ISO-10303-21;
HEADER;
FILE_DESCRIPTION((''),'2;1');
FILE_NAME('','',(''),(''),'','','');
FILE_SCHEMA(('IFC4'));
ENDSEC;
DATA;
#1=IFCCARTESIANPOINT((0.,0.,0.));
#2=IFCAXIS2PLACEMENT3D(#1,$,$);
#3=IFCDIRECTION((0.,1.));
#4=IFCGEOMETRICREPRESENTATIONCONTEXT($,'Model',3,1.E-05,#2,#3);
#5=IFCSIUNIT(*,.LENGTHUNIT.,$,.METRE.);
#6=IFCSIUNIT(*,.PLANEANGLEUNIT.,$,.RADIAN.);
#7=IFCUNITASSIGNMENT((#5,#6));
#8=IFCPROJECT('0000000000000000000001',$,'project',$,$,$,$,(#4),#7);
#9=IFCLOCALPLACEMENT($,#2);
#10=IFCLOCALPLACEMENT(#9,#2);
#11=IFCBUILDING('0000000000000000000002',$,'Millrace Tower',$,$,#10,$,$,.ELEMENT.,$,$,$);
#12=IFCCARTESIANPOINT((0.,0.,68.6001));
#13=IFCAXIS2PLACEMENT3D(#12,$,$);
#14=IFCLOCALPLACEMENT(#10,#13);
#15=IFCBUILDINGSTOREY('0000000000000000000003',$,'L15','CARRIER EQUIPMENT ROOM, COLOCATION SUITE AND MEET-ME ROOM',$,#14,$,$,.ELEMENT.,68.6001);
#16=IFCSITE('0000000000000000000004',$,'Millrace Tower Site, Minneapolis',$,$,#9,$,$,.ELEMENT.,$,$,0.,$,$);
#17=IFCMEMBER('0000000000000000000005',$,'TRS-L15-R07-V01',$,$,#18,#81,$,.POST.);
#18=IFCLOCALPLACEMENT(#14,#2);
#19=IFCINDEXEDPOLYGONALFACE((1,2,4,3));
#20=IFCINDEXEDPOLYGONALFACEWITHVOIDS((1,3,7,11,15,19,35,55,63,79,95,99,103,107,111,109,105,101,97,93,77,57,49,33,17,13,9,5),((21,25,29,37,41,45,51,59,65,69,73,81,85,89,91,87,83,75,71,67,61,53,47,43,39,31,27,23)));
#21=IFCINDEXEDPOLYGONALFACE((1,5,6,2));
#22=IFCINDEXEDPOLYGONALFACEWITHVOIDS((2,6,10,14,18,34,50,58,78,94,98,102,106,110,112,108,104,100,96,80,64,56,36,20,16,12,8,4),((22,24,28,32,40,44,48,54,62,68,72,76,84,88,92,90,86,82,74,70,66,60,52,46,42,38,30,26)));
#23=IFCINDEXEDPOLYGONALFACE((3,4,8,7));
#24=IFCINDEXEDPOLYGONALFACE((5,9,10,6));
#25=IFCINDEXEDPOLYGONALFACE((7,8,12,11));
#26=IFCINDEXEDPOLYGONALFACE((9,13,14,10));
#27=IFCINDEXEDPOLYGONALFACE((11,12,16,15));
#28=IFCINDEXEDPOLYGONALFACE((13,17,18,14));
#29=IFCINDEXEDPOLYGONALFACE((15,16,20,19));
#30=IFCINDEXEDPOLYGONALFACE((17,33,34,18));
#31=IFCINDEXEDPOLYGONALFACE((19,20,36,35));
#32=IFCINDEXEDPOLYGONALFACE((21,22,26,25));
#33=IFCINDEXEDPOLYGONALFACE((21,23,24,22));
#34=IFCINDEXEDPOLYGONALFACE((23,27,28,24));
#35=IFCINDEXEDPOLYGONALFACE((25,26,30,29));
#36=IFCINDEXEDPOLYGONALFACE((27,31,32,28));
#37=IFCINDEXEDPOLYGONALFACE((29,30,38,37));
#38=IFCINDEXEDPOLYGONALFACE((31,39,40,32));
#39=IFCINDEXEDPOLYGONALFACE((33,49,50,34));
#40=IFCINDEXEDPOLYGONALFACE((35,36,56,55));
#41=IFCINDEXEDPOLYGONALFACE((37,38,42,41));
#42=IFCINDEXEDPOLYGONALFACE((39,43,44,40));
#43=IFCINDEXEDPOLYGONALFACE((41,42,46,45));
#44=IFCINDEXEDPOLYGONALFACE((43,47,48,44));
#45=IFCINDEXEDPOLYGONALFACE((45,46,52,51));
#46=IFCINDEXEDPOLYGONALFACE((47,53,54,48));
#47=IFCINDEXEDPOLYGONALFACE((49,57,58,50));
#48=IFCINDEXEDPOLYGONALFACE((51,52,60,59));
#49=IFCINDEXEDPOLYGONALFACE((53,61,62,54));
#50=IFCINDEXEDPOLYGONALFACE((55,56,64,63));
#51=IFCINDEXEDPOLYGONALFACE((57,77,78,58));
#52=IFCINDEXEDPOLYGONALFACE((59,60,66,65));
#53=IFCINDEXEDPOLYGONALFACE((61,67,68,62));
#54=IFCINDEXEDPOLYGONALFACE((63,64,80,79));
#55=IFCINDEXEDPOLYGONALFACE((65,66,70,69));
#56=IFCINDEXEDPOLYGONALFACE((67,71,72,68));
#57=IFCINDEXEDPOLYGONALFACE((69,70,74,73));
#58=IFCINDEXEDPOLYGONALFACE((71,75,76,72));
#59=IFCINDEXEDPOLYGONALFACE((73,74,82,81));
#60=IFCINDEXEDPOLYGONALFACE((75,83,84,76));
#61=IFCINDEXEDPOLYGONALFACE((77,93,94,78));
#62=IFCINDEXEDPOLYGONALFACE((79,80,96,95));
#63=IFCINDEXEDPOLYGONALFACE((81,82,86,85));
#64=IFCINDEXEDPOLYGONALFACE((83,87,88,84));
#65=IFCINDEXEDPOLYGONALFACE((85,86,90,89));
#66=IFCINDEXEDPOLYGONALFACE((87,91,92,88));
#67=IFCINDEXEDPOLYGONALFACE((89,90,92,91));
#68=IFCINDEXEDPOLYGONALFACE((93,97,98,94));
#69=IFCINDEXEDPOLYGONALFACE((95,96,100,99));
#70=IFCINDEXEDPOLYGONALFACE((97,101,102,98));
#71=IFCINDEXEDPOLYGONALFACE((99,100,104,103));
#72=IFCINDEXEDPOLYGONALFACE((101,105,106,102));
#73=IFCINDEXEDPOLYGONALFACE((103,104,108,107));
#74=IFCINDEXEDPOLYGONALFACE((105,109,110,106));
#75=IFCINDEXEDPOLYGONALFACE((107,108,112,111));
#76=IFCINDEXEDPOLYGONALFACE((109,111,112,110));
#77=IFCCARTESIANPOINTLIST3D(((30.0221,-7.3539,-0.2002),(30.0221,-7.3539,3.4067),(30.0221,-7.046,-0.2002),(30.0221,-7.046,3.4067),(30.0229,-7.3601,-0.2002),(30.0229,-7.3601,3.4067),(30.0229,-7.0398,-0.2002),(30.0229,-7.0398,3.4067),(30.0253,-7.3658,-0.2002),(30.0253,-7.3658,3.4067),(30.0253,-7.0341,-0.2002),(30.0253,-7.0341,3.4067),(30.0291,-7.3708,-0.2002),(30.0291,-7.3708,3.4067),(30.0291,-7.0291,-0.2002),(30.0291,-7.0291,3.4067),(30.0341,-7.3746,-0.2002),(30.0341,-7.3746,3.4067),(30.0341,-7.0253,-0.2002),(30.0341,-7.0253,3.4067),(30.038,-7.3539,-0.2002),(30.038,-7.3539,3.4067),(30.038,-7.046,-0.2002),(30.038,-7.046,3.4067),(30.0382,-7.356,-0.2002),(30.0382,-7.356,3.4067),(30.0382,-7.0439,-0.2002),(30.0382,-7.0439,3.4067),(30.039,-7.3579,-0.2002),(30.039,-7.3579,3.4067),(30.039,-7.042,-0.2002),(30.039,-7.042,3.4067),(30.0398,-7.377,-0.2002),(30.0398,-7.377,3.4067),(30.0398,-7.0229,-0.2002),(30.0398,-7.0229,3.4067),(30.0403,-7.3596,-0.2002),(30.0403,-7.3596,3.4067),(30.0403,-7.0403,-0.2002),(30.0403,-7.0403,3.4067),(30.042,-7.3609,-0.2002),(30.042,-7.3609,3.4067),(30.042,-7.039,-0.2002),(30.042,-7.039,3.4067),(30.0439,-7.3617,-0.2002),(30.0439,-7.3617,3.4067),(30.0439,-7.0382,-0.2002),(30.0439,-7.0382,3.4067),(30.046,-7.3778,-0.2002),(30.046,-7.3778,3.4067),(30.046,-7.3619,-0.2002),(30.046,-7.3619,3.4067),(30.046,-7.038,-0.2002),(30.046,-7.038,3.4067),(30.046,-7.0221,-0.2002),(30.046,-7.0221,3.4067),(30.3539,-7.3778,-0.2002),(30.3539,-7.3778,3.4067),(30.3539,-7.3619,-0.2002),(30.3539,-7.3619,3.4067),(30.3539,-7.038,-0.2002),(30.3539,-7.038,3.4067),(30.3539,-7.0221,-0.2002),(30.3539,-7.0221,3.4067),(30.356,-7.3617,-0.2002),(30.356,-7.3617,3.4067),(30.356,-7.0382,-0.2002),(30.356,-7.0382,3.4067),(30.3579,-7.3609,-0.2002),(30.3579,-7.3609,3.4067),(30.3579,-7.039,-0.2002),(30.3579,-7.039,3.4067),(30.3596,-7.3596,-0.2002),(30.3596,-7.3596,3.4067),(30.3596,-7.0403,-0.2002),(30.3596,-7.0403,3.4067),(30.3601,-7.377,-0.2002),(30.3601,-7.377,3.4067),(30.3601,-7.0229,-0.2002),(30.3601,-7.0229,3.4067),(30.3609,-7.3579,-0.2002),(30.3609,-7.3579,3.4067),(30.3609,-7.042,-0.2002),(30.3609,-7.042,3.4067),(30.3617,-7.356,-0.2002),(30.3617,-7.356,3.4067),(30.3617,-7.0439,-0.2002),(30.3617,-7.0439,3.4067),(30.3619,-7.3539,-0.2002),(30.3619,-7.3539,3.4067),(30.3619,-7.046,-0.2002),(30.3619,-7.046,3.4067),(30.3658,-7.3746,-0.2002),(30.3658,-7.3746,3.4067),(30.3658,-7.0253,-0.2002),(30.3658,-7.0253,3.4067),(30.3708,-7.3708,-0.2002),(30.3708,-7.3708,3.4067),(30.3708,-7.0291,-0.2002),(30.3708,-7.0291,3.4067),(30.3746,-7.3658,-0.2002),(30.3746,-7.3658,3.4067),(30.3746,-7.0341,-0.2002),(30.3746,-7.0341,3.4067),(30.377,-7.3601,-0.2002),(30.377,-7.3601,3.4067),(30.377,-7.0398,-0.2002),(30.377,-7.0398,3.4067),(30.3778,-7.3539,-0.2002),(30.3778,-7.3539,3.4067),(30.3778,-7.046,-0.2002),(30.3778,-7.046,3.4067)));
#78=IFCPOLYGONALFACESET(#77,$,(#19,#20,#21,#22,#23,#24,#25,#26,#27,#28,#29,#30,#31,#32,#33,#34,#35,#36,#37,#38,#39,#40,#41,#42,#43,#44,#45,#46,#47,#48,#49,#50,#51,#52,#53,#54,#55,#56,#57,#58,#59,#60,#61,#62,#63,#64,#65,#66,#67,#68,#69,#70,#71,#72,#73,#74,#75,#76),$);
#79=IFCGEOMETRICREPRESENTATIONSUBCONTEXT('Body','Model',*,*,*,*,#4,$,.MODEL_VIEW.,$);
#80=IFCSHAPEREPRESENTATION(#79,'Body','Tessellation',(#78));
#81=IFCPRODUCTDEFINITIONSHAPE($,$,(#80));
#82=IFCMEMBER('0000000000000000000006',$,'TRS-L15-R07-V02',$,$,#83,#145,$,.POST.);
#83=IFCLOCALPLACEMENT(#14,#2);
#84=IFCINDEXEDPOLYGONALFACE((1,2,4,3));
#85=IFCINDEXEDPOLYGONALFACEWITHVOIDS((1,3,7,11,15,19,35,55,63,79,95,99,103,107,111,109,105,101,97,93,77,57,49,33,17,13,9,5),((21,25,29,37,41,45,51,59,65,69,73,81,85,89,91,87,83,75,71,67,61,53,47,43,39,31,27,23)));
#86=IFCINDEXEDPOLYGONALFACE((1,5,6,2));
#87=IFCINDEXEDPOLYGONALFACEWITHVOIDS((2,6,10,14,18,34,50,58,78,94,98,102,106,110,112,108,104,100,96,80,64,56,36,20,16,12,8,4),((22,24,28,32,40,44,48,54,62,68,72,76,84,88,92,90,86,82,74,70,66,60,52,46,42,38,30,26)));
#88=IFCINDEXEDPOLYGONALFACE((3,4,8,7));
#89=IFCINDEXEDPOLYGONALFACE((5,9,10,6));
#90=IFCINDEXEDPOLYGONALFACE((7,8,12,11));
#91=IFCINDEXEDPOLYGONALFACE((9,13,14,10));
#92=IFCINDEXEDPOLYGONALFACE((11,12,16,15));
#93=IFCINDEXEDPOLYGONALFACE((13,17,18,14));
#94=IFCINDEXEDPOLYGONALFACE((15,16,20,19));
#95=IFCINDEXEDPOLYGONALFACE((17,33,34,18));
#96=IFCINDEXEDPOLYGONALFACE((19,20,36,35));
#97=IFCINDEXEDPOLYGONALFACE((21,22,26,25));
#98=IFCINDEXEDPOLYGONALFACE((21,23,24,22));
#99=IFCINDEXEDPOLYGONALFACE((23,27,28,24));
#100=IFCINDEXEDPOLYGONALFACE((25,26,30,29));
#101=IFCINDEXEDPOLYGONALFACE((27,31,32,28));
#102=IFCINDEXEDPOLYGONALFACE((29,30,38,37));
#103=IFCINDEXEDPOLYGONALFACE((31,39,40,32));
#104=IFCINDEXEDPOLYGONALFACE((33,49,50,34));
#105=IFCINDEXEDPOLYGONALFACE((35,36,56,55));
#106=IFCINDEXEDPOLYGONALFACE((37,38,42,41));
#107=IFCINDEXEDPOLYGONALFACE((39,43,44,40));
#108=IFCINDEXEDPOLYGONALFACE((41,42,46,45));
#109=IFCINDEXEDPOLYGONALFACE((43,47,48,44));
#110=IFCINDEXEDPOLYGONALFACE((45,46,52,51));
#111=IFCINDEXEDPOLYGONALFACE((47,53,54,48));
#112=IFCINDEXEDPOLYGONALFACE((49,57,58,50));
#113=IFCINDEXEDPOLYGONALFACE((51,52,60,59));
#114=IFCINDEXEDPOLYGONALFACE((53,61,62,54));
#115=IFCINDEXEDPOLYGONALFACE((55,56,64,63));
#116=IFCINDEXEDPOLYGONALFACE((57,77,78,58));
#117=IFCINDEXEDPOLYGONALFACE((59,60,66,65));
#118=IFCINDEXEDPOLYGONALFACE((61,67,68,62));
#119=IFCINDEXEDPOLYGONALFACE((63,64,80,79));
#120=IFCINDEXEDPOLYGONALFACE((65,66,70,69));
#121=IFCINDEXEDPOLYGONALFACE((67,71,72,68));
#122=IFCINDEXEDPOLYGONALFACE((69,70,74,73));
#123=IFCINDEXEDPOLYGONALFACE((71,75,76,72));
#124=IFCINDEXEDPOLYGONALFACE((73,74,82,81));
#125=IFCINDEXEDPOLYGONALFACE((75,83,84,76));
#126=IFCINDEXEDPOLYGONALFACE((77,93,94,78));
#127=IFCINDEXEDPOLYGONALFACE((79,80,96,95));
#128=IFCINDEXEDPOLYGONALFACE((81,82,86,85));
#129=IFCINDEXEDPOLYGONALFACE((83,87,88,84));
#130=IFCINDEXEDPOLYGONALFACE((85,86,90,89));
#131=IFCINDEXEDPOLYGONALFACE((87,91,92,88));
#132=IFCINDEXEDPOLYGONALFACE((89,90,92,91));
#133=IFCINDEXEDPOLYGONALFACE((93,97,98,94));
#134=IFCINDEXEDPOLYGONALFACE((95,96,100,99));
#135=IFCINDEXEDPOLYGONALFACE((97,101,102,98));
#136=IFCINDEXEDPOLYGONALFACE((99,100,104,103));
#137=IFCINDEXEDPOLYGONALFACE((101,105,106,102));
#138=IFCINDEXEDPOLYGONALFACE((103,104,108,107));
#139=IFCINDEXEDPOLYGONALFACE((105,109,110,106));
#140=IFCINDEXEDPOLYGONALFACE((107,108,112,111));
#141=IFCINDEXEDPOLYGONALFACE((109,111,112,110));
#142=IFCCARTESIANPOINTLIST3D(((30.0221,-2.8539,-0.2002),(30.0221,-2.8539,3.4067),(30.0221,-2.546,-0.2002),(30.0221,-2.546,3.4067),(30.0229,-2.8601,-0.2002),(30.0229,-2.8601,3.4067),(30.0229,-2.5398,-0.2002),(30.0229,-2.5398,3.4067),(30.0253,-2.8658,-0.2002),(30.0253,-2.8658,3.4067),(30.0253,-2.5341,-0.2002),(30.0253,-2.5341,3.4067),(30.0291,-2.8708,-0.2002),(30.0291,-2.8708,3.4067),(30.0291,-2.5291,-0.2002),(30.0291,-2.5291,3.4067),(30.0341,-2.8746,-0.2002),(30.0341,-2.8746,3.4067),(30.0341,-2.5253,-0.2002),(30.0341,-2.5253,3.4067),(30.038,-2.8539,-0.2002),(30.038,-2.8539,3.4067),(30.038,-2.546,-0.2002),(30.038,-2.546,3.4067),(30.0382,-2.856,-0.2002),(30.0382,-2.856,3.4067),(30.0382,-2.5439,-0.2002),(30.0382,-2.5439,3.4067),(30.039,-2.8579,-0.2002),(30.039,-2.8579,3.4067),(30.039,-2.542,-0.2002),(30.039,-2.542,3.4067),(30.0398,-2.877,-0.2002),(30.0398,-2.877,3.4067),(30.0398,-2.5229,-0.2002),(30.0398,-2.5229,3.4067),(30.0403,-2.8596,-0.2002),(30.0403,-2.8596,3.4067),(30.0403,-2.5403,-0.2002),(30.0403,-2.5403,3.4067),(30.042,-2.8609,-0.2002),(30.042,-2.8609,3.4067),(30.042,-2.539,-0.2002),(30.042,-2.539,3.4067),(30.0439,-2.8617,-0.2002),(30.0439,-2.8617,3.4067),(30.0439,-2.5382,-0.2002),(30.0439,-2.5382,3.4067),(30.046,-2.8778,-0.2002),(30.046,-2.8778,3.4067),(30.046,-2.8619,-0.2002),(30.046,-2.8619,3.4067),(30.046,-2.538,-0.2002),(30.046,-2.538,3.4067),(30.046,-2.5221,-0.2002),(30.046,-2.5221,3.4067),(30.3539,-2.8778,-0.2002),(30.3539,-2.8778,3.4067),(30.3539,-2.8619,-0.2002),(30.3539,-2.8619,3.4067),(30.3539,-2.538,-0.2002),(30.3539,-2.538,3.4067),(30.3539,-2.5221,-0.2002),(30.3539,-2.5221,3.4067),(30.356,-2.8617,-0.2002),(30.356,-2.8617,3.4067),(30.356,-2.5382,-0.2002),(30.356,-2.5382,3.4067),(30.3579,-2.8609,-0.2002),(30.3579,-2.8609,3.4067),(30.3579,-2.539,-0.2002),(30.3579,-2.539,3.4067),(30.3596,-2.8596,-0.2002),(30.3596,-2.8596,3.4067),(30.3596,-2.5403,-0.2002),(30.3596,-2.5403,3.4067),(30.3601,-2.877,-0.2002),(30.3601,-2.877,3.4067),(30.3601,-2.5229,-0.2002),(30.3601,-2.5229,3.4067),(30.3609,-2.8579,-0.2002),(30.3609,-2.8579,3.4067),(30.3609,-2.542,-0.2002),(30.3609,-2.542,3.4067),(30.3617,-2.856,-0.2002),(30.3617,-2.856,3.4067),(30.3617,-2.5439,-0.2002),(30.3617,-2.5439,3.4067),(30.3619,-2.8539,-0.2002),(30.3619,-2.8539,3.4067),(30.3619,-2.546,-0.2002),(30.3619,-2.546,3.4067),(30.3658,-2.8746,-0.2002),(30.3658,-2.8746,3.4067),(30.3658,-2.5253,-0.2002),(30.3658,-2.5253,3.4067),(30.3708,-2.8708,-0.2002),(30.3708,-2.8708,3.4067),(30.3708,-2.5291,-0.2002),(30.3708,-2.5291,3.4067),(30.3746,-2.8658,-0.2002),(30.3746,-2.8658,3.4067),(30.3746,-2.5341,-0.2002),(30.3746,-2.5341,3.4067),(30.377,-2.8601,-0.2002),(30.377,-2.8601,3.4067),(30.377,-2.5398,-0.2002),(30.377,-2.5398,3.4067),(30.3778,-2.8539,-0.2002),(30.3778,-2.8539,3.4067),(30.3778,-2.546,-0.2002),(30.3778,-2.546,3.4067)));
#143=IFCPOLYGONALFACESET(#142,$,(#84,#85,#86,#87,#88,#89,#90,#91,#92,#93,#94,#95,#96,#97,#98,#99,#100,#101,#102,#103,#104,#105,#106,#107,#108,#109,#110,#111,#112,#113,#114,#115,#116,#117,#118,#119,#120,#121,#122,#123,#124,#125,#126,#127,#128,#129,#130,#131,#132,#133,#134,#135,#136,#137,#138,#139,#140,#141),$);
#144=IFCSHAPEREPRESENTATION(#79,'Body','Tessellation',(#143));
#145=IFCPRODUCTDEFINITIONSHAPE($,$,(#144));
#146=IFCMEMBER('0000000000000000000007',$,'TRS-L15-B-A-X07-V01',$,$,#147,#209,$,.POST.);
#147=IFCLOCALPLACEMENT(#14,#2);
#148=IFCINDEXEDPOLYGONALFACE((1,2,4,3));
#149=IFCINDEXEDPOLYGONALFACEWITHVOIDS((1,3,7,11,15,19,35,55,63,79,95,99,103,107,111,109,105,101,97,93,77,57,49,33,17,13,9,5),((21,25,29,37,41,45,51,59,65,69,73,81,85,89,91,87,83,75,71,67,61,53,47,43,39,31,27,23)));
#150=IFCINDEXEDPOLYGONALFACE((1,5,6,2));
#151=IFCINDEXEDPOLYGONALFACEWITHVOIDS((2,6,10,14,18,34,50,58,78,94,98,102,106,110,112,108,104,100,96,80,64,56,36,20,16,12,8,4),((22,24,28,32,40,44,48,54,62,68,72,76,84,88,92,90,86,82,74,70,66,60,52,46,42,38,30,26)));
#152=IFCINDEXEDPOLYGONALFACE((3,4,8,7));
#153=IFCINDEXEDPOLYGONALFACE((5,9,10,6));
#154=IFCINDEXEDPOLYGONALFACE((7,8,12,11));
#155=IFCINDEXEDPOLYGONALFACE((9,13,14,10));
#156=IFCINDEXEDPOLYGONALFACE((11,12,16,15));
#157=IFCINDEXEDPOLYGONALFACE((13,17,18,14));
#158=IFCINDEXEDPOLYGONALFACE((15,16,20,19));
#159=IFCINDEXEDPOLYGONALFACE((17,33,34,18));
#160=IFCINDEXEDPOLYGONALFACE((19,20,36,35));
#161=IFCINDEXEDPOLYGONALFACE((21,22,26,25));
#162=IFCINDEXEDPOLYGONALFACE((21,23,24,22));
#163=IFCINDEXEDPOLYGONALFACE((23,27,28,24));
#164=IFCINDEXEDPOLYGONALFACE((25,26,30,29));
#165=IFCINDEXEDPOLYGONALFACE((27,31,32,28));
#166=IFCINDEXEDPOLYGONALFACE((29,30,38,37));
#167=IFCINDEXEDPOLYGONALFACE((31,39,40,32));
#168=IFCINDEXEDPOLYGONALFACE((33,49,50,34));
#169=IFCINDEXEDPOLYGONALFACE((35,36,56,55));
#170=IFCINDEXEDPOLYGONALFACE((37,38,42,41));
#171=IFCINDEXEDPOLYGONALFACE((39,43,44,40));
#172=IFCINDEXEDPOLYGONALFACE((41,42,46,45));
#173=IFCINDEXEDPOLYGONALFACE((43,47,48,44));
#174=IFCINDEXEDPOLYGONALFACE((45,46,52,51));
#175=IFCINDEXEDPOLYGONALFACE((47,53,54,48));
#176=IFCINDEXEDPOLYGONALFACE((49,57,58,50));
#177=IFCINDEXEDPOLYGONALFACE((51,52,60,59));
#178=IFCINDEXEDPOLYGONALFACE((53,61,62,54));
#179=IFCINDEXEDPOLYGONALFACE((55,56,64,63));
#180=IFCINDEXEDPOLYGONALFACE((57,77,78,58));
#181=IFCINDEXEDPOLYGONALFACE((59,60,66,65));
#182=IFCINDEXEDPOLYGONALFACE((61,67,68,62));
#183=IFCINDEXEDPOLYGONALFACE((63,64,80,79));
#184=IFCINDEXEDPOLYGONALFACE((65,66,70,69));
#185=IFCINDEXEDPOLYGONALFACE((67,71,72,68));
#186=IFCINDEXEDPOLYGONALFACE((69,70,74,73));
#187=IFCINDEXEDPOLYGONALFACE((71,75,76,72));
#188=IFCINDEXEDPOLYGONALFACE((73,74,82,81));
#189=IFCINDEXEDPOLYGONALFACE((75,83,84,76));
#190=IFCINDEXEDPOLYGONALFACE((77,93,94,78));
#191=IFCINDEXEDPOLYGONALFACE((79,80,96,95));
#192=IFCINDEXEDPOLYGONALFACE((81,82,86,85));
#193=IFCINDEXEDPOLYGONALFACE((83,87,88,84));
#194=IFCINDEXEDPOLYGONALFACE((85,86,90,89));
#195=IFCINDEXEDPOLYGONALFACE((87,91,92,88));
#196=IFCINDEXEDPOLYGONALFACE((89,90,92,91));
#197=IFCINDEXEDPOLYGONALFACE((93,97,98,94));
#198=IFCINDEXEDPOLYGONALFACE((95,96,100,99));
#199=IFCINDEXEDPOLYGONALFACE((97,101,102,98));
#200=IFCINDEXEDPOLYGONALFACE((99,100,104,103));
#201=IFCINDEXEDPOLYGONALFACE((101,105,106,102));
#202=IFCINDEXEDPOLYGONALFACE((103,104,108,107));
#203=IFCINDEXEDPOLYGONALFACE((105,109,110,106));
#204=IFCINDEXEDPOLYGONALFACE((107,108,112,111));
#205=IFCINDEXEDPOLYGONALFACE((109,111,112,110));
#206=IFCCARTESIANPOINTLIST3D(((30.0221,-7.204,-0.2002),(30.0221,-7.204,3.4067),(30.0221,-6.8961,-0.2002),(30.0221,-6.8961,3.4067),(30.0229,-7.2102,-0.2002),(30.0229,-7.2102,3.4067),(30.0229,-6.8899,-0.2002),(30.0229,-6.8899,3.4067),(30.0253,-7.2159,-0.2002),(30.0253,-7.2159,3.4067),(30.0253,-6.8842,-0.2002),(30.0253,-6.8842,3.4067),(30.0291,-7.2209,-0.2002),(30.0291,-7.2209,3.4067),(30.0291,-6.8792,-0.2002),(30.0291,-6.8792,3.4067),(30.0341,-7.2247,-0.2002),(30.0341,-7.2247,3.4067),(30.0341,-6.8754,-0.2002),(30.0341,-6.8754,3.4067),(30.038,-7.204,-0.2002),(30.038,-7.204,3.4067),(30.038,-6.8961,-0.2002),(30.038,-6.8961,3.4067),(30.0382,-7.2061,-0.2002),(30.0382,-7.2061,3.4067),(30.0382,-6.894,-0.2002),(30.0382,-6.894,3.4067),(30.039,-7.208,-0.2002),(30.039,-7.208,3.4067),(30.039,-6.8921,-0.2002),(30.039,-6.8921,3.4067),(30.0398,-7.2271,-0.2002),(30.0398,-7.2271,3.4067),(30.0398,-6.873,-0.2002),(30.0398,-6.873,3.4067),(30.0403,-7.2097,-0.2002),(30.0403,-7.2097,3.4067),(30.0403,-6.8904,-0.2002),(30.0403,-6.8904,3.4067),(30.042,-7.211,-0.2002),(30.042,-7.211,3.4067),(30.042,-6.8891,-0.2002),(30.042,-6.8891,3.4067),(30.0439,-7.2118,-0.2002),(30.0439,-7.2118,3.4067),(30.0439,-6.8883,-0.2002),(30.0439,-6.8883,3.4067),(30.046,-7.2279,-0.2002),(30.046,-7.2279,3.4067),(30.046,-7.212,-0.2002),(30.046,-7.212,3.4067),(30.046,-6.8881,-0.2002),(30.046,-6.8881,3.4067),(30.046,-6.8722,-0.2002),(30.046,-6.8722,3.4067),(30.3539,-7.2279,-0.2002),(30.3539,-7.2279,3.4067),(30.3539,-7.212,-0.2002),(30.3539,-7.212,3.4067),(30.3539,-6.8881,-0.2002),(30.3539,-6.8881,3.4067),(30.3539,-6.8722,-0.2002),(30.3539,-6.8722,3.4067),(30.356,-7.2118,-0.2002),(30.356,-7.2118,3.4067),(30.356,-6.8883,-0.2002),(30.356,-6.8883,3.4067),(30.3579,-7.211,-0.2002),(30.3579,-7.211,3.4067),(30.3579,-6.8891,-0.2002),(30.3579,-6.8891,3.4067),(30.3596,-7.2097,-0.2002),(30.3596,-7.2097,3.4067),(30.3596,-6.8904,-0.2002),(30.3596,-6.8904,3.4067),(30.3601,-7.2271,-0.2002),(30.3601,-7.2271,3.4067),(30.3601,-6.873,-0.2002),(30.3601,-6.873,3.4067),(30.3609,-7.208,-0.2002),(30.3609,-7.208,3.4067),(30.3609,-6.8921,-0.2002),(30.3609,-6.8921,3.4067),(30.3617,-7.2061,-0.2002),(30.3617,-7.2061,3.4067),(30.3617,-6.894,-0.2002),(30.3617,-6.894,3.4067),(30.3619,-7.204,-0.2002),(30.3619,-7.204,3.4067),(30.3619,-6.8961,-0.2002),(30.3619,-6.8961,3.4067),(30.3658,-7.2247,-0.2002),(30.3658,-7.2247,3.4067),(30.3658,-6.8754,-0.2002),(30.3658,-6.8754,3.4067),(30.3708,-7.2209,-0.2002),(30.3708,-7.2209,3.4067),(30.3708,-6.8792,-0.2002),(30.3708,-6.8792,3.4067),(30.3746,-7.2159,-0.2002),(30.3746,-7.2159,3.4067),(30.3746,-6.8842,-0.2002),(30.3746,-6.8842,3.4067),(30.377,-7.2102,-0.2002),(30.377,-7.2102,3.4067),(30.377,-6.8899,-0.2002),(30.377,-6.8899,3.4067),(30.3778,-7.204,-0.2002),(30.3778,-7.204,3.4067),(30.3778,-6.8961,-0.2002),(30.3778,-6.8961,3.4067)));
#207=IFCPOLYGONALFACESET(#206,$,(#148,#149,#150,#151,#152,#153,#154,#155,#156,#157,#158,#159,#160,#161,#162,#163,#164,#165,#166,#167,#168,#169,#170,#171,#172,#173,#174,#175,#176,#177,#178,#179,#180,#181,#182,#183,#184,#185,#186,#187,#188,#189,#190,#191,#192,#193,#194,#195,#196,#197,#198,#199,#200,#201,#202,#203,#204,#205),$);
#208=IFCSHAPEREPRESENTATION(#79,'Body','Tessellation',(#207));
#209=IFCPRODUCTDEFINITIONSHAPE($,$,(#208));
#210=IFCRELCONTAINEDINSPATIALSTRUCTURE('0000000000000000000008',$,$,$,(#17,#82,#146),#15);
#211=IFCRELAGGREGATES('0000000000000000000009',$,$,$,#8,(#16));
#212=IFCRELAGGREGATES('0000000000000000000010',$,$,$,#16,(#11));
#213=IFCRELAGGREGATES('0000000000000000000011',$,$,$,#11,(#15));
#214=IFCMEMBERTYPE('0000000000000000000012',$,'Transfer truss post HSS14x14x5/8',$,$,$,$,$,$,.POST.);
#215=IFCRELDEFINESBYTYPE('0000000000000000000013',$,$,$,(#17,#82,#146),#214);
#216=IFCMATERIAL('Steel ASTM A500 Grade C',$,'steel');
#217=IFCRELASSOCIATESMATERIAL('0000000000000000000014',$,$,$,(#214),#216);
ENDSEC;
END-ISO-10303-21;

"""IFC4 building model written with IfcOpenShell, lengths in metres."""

from ifc_helpers import new_model, si_unit, direction, frame, origin, origin_2d, place, context, subcontext, project, spatial, hollow_rectangle, extrude, material, material_profile, profile_set, type_object, element, save


model = new_model("IFC4")

# Units and contexts
model_context = context("Model", 3, precision=1e-05, world=origin(), true_north=direction((0.0, 1.0)))
body_context = subcontext(model_context, "Body", "Model", "MODEL_VIEW")
ifc_project = project(units=[si_unit("LENGTHUNIT", "METRE"), si_unit("PLANEANGLEUNIT", "RADIAN")], contexts=[model_context])

# Site, building, storey
site_placement = place(None, origin())
site = spatial("IfcSite", under=ifc_project, at=site_placement, Name="Millrace Tower Site, Minneapolis", CompositionType="ELEMENT", RefElevation=0.0)
building_placement = place(site_placement, origin())
building = spatial("IfcBuilding", under=site, at=building_placement, Name="Millrace Tower", CompositionType="ELEMENT")
storey_placement = place(building_placement, frame((0.0, 0.0, 68.6001)))
storey = spatial("IfcBuildingStorey", under=building, at=storey_placement, Name="L15", Description="CARRIER EQUIPMENT ROOM, COLOCATION SUITE AND MEET-ME ROOM", CompositionType="ELEMENT", Elevation=68.6001)

# Members
ifc_material_1 = material(Name="Steel ASTM A500 Grade C", Category="steel")
ifc_material_profile_1 = material_profile(ifc_material_1, hollow_rectangle(XDim=0.3557, YDim=0.3557, WallThickness=0.0159, InnerFilletRadius=0.0081, OuterFilletRadius=0.0239, at=origin_2d()))
ifc_profile_set_1 = profile_set([ifc_material_profile_1], Name="Steel ASTM A500 Grade C")
member_type_1 = type_object("IfcMemberType", Name="Transfer truss post HSS14x14x5/8", PredefinedType="POST", material=ifc_profile_set_1)
for number, where, z_axis, x_axis, name in (
    (1, (30.2, -7.2, -0.2002), (0.0, 0.0, 1.0), (1.0, 0.0, 0.0), "TRS-L15-R07-V01"),
    (2, (30.2, -2.7, -0.2002), (0.0, 0.0, 1.0), (1.0, 0.0, 0.0), "TRS-L15-R07-V02"),
    (3, (30.2, -7.05, -0.2002), (0.0, 0.0, 1.0), (1.0, 0.0, 0.0), "TRS-L15-B-A-X07-V01"),
):
    element("IfcMember", number, at=place(storey_placement, frame(where, z_axis=z_axis, x_axis=x_axis)), inside=storey, type_object=member_type_1, Name=name, PredefinedType="POST", context=body_context, shape_type="SweptSolid", body=[
        extrude(hollow_rectangle(XDim=0.3557, YDim=0.3557, WallThickness=0.0159, InnerFilletRadius=0.0081, OuterFilletRadius=0.0239, at=origin_2d()), origin(), (0.0, 0.0, 1.0), 3.6069),
    ])

save(model, "model.ifc")
